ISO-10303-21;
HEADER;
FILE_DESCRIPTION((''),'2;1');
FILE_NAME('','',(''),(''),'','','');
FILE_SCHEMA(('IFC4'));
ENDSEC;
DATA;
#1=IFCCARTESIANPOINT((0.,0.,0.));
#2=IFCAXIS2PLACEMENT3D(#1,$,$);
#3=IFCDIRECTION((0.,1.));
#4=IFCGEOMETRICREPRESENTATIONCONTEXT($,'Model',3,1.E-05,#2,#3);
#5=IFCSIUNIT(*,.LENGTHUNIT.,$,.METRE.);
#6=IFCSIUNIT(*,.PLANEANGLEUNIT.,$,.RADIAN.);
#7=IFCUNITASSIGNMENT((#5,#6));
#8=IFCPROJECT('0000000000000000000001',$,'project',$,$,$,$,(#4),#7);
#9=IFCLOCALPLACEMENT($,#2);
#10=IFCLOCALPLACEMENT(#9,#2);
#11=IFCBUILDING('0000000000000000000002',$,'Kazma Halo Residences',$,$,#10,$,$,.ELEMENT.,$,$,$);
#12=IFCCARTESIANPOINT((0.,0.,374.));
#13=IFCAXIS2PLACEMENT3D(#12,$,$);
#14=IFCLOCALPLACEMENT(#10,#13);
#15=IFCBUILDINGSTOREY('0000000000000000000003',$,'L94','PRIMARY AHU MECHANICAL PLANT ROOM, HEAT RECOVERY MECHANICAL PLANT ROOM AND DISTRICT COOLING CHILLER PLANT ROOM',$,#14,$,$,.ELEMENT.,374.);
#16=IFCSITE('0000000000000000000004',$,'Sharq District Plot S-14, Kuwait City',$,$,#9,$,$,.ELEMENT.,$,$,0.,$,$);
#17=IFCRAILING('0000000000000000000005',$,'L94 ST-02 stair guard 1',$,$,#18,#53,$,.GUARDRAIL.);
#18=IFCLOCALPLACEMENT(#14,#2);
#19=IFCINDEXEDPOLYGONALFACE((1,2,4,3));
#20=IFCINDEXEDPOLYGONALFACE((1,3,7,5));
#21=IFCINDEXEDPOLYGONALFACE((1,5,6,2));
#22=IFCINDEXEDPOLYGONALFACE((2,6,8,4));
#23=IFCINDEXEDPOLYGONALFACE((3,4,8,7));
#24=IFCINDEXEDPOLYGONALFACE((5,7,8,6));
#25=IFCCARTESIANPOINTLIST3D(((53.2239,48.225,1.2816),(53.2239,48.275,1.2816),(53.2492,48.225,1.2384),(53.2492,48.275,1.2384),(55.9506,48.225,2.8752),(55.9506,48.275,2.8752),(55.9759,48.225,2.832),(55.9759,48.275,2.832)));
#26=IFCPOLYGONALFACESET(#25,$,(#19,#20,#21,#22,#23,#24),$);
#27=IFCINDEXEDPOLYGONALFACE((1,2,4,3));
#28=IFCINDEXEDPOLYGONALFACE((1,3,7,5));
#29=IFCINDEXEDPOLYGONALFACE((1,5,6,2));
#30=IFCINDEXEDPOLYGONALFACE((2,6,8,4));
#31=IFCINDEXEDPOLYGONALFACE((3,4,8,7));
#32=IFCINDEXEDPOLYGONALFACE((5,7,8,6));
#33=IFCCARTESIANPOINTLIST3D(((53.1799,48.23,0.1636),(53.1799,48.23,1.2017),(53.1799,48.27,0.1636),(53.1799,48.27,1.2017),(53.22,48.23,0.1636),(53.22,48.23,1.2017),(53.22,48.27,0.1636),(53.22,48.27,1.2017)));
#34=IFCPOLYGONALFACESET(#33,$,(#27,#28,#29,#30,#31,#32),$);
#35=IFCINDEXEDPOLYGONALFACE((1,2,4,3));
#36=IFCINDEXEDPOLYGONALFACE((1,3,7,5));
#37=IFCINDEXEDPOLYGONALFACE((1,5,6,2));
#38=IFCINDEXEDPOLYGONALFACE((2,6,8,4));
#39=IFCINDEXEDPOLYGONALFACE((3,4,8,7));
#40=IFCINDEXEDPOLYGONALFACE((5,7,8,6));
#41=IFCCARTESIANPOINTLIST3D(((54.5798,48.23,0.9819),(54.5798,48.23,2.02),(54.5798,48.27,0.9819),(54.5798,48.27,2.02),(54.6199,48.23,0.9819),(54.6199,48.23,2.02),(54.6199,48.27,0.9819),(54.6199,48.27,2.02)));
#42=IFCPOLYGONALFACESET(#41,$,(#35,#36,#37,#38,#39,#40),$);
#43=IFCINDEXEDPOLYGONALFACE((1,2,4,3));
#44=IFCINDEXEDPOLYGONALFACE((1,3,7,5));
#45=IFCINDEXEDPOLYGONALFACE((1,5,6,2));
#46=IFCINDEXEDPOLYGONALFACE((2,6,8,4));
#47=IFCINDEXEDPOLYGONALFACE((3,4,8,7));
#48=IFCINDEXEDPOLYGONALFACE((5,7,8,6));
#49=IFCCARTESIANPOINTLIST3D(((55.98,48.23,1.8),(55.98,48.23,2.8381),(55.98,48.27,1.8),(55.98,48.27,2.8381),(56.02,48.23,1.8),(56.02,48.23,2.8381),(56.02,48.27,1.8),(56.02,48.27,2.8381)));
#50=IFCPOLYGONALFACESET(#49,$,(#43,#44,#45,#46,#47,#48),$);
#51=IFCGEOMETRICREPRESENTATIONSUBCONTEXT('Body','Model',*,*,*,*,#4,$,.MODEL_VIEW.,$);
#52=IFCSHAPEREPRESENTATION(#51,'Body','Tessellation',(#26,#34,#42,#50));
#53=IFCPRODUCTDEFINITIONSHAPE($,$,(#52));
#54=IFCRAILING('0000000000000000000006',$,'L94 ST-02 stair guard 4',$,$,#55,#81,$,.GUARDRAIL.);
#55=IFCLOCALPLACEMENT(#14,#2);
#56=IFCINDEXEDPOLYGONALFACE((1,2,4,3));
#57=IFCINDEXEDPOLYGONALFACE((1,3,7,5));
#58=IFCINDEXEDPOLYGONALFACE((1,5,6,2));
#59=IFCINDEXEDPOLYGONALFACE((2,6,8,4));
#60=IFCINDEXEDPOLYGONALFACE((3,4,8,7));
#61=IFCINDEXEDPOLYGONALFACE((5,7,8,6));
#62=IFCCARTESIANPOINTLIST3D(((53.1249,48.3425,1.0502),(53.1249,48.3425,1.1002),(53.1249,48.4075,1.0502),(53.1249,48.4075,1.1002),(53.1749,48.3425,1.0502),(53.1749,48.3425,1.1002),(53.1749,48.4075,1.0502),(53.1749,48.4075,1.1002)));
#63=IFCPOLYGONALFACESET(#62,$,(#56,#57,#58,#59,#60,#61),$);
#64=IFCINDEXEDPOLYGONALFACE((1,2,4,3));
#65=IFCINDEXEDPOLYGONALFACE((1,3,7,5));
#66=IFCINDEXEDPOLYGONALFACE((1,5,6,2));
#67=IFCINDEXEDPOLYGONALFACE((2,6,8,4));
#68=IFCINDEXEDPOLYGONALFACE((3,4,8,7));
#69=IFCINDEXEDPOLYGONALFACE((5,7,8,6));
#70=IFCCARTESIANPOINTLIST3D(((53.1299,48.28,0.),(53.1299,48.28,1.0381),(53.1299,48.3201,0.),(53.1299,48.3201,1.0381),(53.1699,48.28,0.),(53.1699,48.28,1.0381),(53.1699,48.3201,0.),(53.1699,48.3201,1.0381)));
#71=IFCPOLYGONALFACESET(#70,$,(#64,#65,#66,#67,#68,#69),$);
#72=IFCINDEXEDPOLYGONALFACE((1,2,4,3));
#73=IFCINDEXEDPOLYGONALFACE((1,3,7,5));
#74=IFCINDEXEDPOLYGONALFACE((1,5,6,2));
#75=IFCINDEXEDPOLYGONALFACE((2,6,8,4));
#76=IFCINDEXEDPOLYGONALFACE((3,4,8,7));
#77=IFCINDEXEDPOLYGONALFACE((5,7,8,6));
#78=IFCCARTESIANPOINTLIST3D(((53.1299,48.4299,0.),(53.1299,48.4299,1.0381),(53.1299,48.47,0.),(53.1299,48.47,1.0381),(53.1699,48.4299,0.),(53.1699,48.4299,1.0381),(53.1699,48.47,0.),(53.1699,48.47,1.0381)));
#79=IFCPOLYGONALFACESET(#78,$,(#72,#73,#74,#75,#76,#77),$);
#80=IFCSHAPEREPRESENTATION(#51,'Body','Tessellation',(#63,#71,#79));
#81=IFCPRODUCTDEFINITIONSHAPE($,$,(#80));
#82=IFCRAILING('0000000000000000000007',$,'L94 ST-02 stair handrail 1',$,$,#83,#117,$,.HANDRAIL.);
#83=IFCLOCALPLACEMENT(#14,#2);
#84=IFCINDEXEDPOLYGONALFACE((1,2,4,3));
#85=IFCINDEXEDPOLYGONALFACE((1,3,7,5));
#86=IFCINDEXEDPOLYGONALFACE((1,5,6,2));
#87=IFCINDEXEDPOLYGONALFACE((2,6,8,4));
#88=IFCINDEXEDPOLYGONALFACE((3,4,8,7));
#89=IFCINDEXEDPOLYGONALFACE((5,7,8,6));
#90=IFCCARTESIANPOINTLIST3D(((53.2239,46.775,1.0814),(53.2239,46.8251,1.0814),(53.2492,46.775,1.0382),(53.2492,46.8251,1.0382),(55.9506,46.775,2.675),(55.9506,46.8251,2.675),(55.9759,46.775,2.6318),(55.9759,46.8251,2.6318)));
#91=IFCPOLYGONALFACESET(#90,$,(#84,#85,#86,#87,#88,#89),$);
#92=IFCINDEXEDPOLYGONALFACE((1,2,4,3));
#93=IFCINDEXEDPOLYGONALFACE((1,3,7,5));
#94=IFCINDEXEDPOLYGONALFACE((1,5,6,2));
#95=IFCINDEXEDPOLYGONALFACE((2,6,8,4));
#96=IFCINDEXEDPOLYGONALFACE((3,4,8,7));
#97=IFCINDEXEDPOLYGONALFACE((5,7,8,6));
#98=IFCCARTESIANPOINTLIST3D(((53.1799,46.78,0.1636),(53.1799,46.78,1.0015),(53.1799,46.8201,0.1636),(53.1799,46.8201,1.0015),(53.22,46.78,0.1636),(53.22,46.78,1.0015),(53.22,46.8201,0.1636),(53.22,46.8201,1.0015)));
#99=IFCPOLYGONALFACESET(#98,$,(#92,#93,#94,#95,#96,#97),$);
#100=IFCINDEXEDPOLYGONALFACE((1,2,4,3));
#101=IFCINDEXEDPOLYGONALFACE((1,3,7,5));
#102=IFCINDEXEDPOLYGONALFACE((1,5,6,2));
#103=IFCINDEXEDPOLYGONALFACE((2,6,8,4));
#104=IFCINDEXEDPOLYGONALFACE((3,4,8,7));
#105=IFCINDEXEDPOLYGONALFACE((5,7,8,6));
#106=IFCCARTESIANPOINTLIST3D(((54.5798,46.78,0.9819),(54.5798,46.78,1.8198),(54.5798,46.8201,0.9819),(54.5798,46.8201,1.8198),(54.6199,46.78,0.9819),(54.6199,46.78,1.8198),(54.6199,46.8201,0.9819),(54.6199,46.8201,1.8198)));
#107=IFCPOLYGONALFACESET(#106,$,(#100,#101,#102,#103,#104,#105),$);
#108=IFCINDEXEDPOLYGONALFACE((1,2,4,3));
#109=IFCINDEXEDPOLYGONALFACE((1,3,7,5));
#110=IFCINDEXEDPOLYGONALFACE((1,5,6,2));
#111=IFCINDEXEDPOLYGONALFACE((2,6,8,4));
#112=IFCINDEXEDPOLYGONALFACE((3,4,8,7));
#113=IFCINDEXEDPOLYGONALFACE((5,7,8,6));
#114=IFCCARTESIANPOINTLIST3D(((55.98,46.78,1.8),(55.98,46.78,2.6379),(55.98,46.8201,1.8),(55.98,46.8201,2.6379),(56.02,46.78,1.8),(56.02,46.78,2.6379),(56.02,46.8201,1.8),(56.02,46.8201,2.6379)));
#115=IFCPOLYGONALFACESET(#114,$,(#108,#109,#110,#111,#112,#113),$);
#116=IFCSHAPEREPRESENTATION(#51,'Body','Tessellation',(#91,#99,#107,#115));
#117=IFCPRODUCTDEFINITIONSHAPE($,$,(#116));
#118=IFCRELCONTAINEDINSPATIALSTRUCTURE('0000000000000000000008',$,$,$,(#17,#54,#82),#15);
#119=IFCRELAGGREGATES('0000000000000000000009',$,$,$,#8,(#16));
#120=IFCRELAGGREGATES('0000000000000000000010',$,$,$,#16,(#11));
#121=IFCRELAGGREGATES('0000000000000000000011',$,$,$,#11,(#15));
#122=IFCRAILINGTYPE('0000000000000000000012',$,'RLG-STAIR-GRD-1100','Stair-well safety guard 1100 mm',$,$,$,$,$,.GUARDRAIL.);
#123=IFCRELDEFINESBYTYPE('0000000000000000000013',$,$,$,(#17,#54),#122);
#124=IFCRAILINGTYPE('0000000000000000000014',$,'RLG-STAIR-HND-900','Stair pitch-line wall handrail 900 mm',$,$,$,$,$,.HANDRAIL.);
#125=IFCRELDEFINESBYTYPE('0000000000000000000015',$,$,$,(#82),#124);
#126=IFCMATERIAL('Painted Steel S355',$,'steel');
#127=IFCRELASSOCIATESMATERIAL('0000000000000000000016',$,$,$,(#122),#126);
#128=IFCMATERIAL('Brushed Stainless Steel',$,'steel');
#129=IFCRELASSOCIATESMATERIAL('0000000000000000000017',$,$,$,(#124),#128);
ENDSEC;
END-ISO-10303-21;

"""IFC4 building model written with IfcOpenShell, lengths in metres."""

from ifc_helpers import new_model, si_unit, direction, frame, origin, origin_2d, place, context, subcontext, project, spatial, rectangle, extrude, material, type_object, element, save


model = new_model("IFC4")

# Units and contexts
model_context = context("Model", 3, precision=1e-05, world=origin(), true_north=direction((0.0, 1.0)))
body_context = subcontext(model_context, "Body", "Model", "MODEL_VIEW")
ifc_project = project(units=[si_unit("LENGTHUNIT", "METRE"), si_unit("PLANEANGLEUNIT", "RADIAN")], contexts=[model_context])

# Site, building, storey
site_placement = place(None, origin())
site = spatial("IfcSite", under=ifc_project, at=site_placement, Name="Sharq District Plot S-14, Kuwait City", CompositionType="ELEMENT", RefElevation=0.0)
building_placement = place(site_placement, origin())
building = spatial("IfcBuilding", under=site, at=building_placement, Name="Kazma Halo Residences", CompositionType="ELEMENT")
storey_placement = place(building_placement, frame((0.0, 0.0, 374.0)))
storey = spatial("IfcBuildingStorey", under=building, at=storey_placement, Name="L94", Description="PRIMARY AHU MECHANICAL PLANT ROOM, HEAT RECOVERY MECHANICAL PLANT ROOM AND DISTRICT COOLING CHILLER PLANT ROOM", CompositionType="ELEMENT", Elevation=374.0)

# Railings
ifc_material_1 = material(Name="Painted Steel S355", Category="steel")
railing_type_1 = type_object("IfcRailingType", Name="RLG-STAIR-GRD-1100", Description="Stair-well safety guard 1100 mm", PredefinedType="GUARDRAIL", material=ifc_material_1)
railing_1_placement = place(storey_placement, frame((53.2, 48.25, 0.1636)))
element("IfcRailing", 1, at=railing_1_placement, inside=storey, type_object=railing_type_1, Name="L94 ST-02 stair guard 1", PredefinedType="GUARDRAIL", context=body_context, shape_type="SweptSolid", body=[
    extrude(rectangle(XDim=0.05, YDim=0.05, at=origin_2d()), frame((0.0366, 0.0, 1.0964), z_axis=(0.863361, 0.0, 0.504587), x_axis=(0.0, 1.0, 0.0)), (0.0, 0.0, 1.0), 3.1582),
    extrude(rectangle(XDim=0.04, YDim=0.04, at=origin_2d()), origin(), (0.0, 0.0, 1.0), 1.0381),
    extrude(rectangle(XDim=0.04, YDim=0.04, at=origin_2d()), frame((1.3999, 0.0, 0.8184)), (0.0, 0.0, 1.0), 1.0381),
    extrude(rectangle(XDim=0.04, YDim=0.04, at=origin_2d()), frame((2.8, 0.0, 1.6365)), (0.0, 0.0, 1.0), 1.0381),
])
railing_2_placement = place(storey_placement, frame((53.1499, 48.3, 0.0)))
element("IfcRailing", 2, at=railing_2_placement, inside=storey, type_object=railing_type_1, Name="L94 ST-02 stair guard 4", PredefinedType="GUARDRAIL", context=body_context, shape_type="SweptSolid", body=[
    extrude(rectangle(XDim=0.05, YDim=0.05, at=origin_2d()), frame((0.0, 0.0425, 1.0752), z_axis=(0.0, 1.0, 0.0), x_axis=(-1.0, 0.0, 0.0)), (0.0, 0.0, 1.0), 0.0649),
    extrude(rectangle(XDim=0.04, YDim=0.04, at=origin_2d()), origin(), (0.0, 0.0, 1.0), 1.0381),
    extrude(rectangle(XDim=0.04, YDim=0.04, at=origin_2d()), frame((0.0, 0.1499, 0.0)), (0.0, 0.0, 1.0), 1.0381),
])
ifc_material_2 = material(Name="Brushed Stainless Steel", Category="steel")
railing_type_2 = type_object("IfcRailingType", Name="RLG-STAIR-HND-900", Description="Stair pitch-line wall handrail 900 mm", PredefinedType="HANDRAIL", material=ifc_material_2)
railing_3_placement = place(storey_placement, frame((53.2, 46.8, 0.1636)))
element("IfcRailing", 3, at=railing_3_placement, inside=storey, type_object=railing_type_2, Name="L94 ST-02 stair handrail 1", PredefinedType="HANDRAIL", context=body_context, shape_type="SweptSolid", body=[
    extrude(rectangle(XDim=0.05, YDim=0.05, at=origin_2d()), frame((0.0366, 0.0, 0.8962), z_axis=(0.863361, 0.0, 0.504587), x_axis=(0.0, 1.0, 0.0)), (0.0, 0.0, 1.0), 3.1582),
    extrude(rectangle(XDim=0.04, YDim=0.04, at=origin_2d()), origin(), (0.0, 0.0, 1.0), 0.8379),
    extrude(rectangle(XDim=0.04, YDim=0.04, at=origin_2d()), frame((1.3999, 0.0, 0.8184)), (0.0, 0.0, 1.0), 0.8379),
    extrude(rectangle(XDim=0.04, YDim=0.04, at=origin_2d()), frame((2.8, 0.0, 1.6365)), (0.0, 0.0, 1.0), 0.8379),
])

save(model, "model.ifc")
